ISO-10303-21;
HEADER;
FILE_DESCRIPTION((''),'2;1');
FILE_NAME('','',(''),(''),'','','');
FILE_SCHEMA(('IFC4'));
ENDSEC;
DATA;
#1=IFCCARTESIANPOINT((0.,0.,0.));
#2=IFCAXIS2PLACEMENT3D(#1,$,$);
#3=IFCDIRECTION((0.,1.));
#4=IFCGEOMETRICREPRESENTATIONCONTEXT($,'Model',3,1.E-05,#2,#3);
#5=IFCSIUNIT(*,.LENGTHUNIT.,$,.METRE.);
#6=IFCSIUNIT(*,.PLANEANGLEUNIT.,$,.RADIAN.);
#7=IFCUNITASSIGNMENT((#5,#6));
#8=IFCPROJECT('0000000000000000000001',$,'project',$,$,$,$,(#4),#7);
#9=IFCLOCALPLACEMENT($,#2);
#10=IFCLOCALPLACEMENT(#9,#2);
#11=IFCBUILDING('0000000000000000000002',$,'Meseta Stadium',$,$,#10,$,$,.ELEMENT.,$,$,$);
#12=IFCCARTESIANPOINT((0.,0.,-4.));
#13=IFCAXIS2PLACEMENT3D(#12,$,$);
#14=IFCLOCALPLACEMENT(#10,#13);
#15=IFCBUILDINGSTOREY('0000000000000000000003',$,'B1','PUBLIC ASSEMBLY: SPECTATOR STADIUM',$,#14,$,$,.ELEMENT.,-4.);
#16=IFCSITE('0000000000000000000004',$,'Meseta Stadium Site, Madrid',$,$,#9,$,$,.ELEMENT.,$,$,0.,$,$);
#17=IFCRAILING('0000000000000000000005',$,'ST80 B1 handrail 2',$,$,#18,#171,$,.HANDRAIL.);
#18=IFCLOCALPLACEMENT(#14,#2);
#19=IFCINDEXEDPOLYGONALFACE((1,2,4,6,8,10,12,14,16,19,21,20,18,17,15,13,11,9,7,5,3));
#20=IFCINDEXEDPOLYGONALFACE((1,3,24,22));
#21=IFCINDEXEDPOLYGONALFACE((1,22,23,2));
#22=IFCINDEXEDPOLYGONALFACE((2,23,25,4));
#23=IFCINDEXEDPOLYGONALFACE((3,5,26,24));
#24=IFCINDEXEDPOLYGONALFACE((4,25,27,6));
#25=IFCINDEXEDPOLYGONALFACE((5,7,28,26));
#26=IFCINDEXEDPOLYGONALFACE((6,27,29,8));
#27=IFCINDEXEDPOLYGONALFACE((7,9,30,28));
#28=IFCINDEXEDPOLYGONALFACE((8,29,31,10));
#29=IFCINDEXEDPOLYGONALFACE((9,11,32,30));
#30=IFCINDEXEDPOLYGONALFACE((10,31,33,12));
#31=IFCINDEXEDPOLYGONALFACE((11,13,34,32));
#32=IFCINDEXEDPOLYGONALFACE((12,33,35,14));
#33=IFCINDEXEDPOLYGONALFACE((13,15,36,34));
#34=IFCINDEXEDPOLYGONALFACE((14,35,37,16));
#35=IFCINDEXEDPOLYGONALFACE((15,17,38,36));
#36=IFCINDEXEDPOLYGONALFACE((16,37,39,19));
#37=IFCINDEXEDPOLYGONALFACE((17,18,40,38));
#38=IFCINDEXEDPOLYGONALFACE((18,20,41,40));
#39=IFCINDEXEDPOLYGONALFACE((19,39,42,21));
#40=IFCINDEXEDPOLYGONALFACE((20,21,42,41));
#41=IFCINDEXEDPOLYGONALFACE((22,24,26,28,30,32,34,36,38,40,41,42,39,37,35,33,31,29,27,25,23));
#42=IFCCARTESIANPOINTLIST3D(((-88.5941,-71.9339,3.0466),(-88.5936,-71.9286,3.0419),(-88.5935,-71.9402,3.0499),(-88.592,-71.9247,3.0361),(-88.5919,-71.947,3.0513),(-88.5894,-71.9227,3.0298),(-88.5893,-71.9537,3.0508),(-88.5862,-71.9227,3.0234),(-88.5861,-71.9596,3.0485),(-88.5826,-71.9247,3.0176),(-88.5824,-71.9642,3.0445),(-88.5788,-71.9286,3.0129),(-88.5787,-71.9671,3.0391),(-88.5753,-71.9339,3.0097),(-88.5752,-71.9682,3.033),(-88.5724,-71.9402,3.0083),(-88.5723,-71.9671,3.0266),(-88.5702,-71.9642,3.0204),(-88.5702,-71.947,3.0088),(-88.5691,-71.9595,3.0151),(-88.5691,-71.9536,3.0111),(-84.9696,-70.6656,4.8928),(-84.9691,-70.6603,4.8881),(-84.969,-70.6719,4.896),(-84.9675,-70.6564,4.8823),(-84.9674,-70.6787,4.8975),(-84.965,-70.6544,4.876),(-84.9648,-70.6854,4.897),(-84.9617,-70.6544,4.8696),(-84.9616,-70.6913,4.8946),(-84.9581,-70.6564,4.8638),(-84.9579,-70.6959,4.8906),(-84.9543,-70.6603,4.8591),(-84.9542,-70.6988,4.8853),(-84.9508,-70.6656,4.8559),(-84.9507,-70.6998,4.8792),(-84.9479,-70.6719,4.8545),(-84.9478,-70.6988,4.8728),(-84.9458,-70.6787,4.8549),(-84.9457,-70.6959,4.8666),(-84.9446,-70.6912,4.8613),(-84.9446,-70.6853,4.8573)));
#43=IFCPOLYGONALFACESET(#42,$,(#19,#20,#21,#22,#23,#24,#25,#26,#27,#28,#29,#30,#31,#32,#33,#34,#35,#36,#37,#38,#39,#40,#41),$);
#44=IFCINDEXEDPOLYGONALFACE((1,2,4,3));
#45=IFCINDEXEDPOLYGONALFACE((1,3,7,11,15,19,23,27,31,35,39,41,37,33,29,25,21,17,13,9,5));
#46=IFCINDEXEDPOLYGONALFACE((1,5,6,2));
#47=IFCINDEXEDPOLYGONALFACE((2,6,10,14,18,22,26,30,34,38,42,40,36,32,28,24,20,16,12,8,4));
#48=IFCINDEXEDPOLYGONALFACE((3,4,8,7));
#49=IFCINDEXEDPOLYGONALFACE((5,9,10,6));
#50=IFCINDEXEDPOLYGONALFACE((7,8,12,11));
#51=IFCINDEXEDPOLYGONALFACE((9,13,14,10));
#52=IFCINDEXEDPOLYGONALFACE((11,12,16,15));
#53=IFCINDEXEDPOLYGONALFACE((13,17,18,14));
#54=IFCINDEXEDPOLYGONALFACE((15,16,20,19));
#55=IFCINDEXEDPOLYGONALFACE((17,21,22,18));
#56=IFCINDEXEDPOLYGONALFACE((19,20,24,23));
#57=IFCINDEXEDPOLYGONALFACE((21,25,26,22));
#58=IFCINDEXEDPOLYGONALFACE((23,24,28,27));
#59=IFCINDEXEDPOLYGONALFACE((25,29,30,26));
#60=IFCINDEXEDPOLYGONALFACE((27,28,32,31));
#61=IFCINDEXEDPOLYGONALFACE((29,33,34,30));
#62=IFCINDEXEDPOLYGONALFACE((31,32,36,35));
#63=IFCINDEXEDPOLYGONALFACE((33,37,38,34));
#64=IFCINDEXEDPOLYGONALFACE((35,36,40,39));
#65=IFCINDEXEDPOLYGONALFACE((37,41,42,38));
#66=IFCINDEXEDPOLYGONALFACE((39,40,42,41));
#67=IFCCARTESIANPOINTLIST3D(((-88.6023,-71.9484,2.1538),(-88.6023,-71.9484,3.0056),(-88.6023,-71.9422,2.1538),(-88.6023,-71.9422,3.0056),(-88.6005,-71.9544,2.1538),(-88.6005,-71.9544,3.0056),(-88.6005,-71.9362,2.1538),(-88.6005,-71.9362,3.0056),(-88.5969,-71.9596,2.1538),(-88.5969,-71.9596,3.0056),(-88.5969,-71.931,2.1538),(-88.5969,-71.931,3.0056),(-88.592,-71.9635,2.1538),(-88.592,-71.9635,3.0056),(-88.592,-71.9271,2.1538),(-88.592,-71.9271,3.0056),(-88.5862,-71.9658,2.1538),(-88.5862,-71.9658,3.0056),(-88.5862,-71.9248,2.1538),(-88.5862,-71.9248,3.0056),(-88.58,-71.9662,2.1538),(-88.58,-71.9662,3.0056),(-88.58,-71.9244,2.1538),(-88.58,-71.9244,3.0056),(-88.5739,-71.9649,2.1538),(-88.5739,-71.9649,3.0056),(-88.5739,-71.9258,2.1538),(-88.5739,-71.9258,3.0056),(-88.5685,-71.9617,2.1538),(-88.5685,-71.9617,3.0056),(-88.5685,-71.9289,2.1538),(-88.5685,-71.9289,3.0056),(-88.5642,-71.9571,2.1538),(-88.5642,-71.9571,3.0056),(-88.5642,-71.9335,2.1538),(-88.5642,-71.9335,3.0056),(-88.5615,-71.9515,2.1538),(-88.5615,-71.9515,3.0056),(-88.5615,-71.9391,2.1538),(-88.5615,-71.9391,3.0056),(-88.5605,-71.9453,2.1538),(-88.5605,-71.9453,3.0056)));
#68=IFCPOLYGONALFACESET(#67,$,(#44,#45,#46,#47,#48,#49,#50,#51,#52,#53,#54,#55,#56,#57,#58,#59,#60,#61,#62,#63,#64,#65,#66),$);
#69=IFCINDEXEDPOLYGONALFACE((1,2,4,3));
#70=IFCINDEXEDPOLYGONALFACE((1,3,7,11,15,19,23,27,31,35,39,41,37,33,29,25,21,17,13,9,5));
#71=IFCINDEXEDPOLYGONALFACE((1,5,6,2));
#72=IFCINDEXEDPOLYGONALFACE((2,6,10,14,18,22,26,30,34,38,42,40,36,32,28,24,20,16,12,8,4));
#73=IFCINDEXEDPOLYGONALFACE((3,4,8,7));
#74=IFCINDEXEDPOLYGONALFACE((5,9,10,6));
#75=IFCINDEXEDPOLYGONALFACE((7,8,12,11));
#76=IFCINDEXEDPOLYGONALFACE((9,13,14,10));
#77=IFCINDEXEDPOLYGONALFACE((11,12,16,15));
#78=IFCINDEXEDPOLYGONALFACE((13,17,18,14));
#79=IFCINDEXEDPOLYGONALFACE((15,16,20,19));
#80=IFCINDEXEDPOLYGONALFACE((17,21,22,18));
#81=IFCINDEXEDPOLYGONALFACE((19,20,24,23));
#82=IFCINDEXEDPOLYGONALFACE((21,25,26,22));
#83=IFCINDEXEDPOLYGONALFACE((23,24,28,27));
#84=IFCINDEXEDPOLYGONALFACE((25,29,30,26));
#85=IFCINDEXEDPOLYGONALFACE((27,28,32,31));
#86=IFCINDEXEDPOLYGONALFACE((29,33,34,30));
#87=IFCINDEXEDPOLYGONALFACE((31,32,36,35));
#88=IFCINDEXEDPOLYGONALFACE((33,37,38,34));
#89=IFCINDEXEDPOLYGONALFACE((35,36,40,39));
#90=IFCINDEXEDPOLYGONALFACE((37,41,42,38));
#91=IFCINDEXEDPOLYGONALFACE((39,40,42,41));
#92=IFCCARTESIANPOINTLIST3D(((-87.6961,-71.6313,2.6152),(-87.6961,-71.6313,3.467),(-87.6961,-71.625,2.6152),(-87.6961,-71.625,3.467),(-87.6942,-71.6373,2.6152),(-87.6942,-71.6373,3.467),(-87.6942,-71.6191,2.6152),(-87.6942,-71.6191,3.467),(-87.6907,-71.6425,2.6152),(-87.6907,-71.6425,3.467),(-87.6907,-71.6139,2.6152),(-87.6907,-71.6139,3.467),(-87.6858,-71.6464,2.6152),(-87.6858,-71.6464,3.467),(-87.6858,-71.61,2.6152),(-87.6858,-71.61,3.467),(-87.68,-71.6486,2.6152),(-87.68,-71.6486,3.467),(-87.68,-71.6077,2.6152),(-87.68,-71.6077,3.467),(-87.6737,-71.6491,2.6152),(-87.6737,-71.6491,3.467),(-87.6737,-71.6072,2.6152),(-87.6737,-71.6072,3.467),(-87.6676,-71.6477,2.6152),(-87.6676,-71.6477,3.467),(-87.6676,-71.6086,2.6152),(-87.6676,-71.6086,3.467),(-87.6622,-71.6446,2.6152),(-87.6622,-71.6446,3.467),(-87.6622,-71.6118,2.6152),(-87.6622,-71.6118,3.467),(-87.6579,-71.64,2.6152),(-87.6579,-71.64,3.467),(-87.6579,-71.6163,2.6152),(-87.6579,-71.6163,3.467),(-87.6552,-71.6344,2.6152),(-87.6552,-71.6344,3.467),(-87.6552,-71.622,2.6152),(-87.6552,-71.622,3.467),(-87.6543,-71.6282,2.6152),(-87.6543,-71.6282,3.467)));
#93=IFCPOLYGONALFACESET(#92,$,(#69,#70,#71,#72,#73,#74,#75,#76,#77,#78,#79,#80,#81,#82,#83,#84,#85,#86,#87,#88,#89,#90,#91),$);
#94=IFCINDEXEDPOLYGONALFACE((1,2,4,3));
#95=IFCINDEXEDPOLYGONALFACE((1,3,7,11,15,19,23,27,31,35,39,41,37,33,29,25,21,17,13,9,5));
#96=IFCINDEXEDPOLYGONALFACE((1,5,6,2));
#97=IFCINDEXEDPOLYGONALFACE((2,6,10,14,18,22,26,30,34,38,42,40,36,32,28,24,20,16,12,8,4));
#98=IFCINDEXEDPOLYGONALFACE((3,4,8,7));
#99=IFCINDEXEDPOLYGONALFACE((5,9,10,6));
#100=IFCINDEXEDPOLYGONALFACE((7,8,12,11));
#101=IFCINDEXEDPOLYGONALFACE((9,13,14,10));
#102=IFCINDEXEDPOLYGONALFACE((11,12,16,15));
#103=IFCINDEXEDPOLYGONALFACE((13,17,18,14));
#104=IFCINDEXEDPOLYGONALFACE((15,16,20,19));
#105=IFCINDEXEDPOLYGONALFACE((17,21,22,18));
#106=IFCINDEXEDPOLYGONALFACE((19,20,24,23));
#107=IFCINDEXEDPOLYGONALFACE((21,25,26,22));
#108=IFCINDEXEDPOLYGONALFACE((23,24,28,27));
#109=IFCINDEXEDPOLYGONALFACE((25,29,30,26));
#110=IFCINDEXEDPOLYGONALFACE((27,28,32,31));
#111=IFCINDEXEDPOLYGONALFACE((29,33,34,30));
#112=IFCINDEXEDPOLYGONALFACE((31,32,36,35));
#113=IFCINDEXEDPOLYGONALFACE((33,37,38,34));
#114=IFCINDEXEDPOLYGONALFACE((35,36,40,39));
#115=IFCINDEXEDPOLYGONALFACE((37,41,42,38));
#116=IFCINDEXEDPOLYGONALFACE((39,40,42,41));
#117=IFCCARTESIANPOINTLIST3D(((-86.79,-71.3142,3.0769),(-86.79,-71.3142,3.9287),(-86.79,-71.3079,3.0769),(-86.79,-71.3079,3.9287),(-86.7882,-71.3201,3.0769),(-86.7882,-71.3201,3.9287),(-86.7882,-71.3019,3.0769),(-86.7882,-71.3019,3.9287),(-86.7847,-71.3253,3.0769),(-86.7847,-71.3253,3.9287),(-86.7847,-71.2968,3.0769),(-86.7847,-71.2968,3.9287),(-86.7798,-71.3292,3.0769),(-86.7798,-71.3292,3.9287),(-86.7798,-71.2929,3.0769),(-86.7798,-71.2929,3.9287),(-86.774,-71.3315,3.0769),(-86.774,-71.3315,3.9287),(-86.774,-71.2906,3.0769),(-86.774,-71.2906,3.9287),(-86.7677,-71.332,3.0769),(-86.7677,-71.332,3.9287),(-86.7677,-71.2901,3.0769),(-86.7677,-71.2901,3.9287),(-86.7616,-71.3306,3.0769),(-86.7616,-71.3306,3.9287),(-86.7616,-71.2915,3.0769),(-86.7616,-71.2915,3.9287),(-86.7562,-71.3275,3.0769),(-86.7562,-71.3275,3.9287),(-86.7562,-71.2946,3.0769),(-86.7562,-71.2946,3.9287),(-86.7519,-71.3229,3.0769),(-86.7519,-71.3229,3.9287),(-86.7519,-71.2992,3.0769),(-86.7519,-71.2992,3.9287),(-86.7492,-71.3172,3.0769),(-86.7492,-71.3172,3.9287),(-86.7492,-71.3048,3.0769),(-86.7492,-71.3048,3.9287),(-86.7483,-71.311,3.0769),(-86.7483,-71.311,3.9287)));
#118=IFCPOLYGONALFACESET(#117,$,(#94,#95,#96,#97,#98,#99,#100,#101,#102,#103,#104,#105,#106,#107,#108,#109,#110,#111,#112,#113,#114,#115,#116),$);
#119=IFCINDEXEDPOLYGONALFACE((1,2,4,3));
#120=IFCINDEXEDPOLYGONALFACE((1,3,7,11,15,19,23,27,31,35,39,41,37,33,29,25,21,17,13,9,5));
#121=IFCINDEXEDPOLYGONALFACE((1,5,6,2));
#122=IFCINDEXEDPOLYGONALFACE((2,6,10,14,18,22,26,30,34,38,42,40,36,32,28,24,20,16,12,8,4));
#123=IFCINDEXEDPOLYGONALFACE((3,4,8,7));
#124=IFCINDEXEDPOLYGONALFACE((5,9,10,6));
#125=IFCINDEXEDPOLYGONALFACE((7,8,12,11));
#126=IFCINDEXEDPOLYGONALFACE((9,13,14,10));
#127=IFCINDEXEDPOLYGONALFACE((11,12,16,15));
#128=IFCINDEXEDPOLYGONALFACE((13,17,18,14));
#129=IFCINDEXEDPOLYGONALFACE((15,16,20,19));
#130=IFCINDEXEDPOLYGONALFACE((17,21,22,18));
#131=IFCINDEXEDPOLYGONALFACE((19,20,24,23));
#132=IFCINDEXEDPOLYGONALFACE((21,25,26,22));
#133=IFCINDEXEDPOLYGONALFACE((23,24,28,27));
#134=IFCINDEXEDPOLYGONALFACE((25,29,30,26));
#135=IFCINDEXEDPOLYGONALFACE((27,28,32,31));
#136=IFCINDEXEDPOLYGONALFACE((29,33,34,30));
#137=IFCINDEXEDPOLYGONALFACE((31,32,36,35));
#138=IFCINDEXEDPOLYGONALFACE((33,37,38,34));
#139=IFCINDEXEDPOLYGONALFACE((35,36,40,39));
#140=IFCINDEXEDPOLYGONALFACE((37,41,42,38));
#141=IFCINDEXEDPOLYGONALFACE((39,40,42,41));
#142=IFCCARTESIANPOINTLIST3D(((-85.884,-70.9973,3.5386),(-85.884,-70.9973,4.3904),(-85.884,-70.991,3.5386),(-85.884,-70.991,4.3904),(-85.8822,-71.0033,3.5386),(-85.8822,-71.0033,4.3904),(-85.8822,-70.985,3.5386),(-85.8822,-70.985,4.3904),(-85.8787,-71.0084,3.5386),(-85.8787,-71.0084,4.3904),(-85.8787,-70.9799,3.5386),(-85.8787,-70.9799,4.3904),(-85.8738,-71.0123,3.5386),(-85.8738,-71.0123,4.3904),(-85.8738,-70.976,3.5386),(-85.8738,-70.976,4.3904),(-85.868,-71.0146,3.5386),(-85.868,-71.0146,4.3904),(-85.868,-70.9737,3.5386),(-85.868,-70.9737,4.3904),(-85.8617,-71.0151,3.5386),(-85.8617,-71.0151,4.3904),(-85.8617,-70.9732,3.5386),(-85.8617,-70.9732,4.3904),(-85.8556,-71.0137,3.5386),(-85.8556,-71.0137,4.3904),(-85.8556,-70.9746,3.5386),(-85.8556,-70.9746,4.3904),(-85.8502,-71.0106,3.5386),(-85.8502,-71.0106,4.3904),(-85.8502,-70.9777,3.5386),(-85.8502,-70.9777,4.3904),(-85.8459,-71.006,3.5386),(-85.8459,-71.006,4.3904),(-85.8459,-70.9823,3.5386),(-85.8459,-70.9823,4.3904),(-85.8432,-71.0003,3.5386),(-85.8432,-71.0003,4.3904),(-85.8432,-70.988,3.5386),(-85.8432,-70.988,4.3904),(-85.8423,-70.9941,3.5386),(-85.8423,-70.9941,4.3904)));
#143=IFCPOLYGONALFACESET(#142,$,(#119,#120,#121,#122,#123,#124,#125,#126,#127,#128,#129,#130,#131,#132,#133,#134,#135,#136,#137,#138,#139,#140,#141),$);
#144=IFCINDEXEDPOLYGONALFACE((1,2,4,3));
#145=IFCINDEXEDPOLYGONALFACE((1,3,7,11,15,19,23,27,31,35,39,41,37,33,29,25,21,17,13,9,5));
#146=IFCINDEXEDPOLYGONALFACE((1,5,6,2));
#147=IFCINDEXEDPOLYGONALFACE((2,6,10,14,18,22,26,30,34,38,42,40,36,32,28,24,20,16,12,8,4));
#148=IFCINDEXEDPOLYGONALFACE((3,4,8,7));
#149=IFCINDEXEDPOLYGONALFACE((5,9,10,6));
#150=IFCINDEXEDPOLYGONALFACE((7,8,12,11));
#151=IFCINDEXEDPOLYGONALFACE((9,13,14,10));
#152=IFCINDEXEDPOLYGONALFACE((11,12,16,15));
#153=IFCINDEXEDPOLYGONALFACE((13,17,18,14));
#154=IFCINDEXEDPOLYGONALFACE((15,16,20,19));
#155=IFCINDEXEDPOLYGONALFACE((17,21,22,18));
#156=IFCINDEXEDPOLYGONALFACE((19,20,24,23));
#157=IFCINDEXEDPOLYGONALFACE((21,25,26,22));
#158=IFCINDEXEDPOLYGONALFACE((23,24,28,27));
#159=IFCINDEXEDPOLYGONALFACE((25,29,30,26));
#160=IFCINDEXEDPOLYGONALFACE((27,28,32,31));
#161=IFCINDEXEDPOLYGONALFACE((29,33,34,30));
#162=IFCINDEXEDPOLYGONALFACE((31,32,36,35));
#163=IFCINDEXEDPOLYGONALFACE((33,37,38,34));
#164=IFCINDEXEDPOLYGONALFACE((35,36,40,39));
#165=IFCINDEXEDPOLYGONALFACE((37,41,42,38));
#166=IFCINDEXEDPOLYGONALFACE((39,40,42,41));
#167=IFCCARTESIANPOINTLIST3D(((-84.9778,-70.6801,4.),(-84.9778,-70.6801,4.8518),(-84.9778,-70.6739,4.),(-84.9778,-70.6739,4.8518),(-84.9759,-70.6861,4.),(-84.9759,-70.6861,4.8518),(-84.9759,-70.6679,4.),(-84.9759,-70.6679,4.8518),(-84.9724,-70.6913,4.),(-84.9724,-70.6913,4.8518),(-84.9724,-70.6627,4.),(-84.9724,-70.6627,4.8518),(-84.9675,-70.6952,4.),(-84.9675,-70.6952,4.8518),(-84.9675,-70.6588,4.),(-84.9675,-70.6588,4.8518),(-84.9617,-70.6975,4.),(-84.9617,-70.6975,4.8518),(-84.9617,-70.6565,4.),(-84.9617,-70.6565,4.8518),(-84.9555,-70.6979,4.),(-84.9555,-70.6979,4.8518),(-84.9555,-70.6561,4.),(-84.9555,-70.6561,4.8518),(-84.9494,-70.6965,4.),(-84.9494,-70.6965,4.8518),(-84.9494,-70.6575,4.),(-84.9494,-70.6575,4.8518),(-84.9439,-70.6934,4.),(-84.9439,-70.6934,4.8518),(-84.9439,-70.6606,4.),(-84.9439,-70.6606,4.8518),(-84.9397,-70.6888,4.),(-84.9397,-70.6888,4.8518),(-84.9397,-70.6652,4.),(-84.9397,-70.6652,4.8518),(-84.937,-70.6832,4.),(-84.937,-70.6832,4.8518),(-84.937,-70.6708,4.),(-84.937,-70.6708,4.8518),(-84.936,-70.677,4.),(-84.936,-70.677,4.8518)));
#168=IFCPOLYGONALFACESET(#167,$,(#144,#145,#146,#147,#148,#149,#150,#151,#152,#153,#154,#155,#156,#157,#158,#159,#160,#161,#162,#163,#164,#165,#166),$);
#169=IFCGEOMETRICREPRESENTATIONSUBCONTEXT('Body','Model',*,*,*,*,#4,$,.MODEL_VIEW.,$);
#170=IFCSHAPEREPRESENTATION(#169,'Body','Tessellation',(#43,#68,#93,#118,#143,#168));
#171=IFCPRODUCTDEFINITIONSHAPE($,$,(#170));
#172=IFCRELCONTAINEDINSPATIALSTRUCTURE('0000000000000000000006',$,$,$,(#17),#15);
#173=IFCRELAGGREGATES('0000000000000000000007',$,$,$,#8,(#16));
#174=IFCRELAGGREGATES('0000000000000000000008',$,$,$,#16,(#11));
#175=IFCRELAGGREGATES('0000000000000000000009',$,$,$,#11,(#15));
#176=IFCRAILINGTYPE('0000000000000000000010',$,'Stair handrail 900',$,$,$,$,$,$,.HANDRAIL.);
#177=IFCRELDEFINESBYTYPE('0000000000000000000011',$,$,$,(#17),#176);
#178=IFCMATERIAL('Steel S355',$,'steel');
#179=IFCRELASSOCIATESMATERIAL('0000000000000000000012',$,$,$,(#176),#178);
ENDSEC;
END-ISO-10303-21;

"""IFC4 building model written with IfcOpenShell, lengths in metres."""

from ifc_helpers import new_model, si_unit, direction, frame, origin, origin_2d, place, context, subcontext, project, spatial, circle, extrude, material, type_object, element, save


model = new_model("IFC4")

# Units and contexts
model_context = context("Model", 3, precision=1e-05, world=origin(), true_north=direction((0.0, 1.0)))
body_context = subcontext(model_context, "Body", "Model", "MODEL_VIEW")
ifc_project = project(units=[si_unit("LENGTHUNIT", "METRE"), si_unit("PLANEANGLEUNIT", "RADIAN")], contexts=[model_context])

# Site, building, storey
site_placement = place(None, origin())
site = spatial("IfcSite", under=ifc_project, at=site_placement, Name="Meseta Stadium Site, Madrid", CompositionType="ELEMENT", RefElevation=0.0)
building_placement = place(site_placement, origin())
building = spatial("IfcBuilding", under=site, at=building_placement, Name="Meseta Stadium", CompositionType="ELEMENT")
storey_placement = place(building_placement, frame((0.0, 0.0, -4.0)))
storey = spatial("IfcBuildingStorey", under=building, at=storey_placement, Name="B1", Description="PUBLIC ASSEMBLY: SPECTATOR STADIUM", CompositionType="ELEMENT", Elevation=-4.0)

# Railing
ifc_material_1 = material(Name="Steel S355", Category="steel")
railing_type_1 = type_object("IfcRailingType", Name="Stair handrail 900", PredefinedType="HANDRAIL", material=ifc_material_1)
railing_1_placement = place(storey_placement, frame((-88.5815, -71.9453, 2.1538)))
element("IfcRailing", 1, at=railing_1_placement, inside=storey, type_object=railing_type_1, Name="ST80 B1 handrail 2", PredefinedType="HANDRAIL", context=body_context, shape_type="SweptSolid", body=[
    extrude(circle(Radius=0.0239, at=origin_2d()), frame((0.0, 0.0, 0.876), z_axis=(0.850672, 0.297672, 0.4333), x_axis=(-0.330288, 0.94388, 0.0)), (0.0, 0.0, 1.0), 4.2607),
    extrude(circle(Radius=0.021, at=origin_2d()), origin(), (0.0, 0.0, 1.0), 0.8518),
    extrude(circle(Radius=0.021, at=origin_2d()), frame((0.9062, 0.3171, 0.4614)), (0.0, 0.0, 1.0), 0.8518),
    extrude(circle(Radius=0.021, at=origin_2d()), frame((1.8123, 0.6343, 0.9231)), (0.0, 0.0, 1.0), 0.8518),
    extrude(circle(Radius=0.021, at=origin_2d()), frame((2.7183, 0.9512, 1.3848)), (0.0, 0.0, 1.0), 0.8518),
    extrude(circle(Radius=0.021, at=origin_2d()), frame((3.6245, 1.2683, 1.8462)), (0.0, 0.0, 1.0), 0.8518),
])

save(model, "model.ifc")
